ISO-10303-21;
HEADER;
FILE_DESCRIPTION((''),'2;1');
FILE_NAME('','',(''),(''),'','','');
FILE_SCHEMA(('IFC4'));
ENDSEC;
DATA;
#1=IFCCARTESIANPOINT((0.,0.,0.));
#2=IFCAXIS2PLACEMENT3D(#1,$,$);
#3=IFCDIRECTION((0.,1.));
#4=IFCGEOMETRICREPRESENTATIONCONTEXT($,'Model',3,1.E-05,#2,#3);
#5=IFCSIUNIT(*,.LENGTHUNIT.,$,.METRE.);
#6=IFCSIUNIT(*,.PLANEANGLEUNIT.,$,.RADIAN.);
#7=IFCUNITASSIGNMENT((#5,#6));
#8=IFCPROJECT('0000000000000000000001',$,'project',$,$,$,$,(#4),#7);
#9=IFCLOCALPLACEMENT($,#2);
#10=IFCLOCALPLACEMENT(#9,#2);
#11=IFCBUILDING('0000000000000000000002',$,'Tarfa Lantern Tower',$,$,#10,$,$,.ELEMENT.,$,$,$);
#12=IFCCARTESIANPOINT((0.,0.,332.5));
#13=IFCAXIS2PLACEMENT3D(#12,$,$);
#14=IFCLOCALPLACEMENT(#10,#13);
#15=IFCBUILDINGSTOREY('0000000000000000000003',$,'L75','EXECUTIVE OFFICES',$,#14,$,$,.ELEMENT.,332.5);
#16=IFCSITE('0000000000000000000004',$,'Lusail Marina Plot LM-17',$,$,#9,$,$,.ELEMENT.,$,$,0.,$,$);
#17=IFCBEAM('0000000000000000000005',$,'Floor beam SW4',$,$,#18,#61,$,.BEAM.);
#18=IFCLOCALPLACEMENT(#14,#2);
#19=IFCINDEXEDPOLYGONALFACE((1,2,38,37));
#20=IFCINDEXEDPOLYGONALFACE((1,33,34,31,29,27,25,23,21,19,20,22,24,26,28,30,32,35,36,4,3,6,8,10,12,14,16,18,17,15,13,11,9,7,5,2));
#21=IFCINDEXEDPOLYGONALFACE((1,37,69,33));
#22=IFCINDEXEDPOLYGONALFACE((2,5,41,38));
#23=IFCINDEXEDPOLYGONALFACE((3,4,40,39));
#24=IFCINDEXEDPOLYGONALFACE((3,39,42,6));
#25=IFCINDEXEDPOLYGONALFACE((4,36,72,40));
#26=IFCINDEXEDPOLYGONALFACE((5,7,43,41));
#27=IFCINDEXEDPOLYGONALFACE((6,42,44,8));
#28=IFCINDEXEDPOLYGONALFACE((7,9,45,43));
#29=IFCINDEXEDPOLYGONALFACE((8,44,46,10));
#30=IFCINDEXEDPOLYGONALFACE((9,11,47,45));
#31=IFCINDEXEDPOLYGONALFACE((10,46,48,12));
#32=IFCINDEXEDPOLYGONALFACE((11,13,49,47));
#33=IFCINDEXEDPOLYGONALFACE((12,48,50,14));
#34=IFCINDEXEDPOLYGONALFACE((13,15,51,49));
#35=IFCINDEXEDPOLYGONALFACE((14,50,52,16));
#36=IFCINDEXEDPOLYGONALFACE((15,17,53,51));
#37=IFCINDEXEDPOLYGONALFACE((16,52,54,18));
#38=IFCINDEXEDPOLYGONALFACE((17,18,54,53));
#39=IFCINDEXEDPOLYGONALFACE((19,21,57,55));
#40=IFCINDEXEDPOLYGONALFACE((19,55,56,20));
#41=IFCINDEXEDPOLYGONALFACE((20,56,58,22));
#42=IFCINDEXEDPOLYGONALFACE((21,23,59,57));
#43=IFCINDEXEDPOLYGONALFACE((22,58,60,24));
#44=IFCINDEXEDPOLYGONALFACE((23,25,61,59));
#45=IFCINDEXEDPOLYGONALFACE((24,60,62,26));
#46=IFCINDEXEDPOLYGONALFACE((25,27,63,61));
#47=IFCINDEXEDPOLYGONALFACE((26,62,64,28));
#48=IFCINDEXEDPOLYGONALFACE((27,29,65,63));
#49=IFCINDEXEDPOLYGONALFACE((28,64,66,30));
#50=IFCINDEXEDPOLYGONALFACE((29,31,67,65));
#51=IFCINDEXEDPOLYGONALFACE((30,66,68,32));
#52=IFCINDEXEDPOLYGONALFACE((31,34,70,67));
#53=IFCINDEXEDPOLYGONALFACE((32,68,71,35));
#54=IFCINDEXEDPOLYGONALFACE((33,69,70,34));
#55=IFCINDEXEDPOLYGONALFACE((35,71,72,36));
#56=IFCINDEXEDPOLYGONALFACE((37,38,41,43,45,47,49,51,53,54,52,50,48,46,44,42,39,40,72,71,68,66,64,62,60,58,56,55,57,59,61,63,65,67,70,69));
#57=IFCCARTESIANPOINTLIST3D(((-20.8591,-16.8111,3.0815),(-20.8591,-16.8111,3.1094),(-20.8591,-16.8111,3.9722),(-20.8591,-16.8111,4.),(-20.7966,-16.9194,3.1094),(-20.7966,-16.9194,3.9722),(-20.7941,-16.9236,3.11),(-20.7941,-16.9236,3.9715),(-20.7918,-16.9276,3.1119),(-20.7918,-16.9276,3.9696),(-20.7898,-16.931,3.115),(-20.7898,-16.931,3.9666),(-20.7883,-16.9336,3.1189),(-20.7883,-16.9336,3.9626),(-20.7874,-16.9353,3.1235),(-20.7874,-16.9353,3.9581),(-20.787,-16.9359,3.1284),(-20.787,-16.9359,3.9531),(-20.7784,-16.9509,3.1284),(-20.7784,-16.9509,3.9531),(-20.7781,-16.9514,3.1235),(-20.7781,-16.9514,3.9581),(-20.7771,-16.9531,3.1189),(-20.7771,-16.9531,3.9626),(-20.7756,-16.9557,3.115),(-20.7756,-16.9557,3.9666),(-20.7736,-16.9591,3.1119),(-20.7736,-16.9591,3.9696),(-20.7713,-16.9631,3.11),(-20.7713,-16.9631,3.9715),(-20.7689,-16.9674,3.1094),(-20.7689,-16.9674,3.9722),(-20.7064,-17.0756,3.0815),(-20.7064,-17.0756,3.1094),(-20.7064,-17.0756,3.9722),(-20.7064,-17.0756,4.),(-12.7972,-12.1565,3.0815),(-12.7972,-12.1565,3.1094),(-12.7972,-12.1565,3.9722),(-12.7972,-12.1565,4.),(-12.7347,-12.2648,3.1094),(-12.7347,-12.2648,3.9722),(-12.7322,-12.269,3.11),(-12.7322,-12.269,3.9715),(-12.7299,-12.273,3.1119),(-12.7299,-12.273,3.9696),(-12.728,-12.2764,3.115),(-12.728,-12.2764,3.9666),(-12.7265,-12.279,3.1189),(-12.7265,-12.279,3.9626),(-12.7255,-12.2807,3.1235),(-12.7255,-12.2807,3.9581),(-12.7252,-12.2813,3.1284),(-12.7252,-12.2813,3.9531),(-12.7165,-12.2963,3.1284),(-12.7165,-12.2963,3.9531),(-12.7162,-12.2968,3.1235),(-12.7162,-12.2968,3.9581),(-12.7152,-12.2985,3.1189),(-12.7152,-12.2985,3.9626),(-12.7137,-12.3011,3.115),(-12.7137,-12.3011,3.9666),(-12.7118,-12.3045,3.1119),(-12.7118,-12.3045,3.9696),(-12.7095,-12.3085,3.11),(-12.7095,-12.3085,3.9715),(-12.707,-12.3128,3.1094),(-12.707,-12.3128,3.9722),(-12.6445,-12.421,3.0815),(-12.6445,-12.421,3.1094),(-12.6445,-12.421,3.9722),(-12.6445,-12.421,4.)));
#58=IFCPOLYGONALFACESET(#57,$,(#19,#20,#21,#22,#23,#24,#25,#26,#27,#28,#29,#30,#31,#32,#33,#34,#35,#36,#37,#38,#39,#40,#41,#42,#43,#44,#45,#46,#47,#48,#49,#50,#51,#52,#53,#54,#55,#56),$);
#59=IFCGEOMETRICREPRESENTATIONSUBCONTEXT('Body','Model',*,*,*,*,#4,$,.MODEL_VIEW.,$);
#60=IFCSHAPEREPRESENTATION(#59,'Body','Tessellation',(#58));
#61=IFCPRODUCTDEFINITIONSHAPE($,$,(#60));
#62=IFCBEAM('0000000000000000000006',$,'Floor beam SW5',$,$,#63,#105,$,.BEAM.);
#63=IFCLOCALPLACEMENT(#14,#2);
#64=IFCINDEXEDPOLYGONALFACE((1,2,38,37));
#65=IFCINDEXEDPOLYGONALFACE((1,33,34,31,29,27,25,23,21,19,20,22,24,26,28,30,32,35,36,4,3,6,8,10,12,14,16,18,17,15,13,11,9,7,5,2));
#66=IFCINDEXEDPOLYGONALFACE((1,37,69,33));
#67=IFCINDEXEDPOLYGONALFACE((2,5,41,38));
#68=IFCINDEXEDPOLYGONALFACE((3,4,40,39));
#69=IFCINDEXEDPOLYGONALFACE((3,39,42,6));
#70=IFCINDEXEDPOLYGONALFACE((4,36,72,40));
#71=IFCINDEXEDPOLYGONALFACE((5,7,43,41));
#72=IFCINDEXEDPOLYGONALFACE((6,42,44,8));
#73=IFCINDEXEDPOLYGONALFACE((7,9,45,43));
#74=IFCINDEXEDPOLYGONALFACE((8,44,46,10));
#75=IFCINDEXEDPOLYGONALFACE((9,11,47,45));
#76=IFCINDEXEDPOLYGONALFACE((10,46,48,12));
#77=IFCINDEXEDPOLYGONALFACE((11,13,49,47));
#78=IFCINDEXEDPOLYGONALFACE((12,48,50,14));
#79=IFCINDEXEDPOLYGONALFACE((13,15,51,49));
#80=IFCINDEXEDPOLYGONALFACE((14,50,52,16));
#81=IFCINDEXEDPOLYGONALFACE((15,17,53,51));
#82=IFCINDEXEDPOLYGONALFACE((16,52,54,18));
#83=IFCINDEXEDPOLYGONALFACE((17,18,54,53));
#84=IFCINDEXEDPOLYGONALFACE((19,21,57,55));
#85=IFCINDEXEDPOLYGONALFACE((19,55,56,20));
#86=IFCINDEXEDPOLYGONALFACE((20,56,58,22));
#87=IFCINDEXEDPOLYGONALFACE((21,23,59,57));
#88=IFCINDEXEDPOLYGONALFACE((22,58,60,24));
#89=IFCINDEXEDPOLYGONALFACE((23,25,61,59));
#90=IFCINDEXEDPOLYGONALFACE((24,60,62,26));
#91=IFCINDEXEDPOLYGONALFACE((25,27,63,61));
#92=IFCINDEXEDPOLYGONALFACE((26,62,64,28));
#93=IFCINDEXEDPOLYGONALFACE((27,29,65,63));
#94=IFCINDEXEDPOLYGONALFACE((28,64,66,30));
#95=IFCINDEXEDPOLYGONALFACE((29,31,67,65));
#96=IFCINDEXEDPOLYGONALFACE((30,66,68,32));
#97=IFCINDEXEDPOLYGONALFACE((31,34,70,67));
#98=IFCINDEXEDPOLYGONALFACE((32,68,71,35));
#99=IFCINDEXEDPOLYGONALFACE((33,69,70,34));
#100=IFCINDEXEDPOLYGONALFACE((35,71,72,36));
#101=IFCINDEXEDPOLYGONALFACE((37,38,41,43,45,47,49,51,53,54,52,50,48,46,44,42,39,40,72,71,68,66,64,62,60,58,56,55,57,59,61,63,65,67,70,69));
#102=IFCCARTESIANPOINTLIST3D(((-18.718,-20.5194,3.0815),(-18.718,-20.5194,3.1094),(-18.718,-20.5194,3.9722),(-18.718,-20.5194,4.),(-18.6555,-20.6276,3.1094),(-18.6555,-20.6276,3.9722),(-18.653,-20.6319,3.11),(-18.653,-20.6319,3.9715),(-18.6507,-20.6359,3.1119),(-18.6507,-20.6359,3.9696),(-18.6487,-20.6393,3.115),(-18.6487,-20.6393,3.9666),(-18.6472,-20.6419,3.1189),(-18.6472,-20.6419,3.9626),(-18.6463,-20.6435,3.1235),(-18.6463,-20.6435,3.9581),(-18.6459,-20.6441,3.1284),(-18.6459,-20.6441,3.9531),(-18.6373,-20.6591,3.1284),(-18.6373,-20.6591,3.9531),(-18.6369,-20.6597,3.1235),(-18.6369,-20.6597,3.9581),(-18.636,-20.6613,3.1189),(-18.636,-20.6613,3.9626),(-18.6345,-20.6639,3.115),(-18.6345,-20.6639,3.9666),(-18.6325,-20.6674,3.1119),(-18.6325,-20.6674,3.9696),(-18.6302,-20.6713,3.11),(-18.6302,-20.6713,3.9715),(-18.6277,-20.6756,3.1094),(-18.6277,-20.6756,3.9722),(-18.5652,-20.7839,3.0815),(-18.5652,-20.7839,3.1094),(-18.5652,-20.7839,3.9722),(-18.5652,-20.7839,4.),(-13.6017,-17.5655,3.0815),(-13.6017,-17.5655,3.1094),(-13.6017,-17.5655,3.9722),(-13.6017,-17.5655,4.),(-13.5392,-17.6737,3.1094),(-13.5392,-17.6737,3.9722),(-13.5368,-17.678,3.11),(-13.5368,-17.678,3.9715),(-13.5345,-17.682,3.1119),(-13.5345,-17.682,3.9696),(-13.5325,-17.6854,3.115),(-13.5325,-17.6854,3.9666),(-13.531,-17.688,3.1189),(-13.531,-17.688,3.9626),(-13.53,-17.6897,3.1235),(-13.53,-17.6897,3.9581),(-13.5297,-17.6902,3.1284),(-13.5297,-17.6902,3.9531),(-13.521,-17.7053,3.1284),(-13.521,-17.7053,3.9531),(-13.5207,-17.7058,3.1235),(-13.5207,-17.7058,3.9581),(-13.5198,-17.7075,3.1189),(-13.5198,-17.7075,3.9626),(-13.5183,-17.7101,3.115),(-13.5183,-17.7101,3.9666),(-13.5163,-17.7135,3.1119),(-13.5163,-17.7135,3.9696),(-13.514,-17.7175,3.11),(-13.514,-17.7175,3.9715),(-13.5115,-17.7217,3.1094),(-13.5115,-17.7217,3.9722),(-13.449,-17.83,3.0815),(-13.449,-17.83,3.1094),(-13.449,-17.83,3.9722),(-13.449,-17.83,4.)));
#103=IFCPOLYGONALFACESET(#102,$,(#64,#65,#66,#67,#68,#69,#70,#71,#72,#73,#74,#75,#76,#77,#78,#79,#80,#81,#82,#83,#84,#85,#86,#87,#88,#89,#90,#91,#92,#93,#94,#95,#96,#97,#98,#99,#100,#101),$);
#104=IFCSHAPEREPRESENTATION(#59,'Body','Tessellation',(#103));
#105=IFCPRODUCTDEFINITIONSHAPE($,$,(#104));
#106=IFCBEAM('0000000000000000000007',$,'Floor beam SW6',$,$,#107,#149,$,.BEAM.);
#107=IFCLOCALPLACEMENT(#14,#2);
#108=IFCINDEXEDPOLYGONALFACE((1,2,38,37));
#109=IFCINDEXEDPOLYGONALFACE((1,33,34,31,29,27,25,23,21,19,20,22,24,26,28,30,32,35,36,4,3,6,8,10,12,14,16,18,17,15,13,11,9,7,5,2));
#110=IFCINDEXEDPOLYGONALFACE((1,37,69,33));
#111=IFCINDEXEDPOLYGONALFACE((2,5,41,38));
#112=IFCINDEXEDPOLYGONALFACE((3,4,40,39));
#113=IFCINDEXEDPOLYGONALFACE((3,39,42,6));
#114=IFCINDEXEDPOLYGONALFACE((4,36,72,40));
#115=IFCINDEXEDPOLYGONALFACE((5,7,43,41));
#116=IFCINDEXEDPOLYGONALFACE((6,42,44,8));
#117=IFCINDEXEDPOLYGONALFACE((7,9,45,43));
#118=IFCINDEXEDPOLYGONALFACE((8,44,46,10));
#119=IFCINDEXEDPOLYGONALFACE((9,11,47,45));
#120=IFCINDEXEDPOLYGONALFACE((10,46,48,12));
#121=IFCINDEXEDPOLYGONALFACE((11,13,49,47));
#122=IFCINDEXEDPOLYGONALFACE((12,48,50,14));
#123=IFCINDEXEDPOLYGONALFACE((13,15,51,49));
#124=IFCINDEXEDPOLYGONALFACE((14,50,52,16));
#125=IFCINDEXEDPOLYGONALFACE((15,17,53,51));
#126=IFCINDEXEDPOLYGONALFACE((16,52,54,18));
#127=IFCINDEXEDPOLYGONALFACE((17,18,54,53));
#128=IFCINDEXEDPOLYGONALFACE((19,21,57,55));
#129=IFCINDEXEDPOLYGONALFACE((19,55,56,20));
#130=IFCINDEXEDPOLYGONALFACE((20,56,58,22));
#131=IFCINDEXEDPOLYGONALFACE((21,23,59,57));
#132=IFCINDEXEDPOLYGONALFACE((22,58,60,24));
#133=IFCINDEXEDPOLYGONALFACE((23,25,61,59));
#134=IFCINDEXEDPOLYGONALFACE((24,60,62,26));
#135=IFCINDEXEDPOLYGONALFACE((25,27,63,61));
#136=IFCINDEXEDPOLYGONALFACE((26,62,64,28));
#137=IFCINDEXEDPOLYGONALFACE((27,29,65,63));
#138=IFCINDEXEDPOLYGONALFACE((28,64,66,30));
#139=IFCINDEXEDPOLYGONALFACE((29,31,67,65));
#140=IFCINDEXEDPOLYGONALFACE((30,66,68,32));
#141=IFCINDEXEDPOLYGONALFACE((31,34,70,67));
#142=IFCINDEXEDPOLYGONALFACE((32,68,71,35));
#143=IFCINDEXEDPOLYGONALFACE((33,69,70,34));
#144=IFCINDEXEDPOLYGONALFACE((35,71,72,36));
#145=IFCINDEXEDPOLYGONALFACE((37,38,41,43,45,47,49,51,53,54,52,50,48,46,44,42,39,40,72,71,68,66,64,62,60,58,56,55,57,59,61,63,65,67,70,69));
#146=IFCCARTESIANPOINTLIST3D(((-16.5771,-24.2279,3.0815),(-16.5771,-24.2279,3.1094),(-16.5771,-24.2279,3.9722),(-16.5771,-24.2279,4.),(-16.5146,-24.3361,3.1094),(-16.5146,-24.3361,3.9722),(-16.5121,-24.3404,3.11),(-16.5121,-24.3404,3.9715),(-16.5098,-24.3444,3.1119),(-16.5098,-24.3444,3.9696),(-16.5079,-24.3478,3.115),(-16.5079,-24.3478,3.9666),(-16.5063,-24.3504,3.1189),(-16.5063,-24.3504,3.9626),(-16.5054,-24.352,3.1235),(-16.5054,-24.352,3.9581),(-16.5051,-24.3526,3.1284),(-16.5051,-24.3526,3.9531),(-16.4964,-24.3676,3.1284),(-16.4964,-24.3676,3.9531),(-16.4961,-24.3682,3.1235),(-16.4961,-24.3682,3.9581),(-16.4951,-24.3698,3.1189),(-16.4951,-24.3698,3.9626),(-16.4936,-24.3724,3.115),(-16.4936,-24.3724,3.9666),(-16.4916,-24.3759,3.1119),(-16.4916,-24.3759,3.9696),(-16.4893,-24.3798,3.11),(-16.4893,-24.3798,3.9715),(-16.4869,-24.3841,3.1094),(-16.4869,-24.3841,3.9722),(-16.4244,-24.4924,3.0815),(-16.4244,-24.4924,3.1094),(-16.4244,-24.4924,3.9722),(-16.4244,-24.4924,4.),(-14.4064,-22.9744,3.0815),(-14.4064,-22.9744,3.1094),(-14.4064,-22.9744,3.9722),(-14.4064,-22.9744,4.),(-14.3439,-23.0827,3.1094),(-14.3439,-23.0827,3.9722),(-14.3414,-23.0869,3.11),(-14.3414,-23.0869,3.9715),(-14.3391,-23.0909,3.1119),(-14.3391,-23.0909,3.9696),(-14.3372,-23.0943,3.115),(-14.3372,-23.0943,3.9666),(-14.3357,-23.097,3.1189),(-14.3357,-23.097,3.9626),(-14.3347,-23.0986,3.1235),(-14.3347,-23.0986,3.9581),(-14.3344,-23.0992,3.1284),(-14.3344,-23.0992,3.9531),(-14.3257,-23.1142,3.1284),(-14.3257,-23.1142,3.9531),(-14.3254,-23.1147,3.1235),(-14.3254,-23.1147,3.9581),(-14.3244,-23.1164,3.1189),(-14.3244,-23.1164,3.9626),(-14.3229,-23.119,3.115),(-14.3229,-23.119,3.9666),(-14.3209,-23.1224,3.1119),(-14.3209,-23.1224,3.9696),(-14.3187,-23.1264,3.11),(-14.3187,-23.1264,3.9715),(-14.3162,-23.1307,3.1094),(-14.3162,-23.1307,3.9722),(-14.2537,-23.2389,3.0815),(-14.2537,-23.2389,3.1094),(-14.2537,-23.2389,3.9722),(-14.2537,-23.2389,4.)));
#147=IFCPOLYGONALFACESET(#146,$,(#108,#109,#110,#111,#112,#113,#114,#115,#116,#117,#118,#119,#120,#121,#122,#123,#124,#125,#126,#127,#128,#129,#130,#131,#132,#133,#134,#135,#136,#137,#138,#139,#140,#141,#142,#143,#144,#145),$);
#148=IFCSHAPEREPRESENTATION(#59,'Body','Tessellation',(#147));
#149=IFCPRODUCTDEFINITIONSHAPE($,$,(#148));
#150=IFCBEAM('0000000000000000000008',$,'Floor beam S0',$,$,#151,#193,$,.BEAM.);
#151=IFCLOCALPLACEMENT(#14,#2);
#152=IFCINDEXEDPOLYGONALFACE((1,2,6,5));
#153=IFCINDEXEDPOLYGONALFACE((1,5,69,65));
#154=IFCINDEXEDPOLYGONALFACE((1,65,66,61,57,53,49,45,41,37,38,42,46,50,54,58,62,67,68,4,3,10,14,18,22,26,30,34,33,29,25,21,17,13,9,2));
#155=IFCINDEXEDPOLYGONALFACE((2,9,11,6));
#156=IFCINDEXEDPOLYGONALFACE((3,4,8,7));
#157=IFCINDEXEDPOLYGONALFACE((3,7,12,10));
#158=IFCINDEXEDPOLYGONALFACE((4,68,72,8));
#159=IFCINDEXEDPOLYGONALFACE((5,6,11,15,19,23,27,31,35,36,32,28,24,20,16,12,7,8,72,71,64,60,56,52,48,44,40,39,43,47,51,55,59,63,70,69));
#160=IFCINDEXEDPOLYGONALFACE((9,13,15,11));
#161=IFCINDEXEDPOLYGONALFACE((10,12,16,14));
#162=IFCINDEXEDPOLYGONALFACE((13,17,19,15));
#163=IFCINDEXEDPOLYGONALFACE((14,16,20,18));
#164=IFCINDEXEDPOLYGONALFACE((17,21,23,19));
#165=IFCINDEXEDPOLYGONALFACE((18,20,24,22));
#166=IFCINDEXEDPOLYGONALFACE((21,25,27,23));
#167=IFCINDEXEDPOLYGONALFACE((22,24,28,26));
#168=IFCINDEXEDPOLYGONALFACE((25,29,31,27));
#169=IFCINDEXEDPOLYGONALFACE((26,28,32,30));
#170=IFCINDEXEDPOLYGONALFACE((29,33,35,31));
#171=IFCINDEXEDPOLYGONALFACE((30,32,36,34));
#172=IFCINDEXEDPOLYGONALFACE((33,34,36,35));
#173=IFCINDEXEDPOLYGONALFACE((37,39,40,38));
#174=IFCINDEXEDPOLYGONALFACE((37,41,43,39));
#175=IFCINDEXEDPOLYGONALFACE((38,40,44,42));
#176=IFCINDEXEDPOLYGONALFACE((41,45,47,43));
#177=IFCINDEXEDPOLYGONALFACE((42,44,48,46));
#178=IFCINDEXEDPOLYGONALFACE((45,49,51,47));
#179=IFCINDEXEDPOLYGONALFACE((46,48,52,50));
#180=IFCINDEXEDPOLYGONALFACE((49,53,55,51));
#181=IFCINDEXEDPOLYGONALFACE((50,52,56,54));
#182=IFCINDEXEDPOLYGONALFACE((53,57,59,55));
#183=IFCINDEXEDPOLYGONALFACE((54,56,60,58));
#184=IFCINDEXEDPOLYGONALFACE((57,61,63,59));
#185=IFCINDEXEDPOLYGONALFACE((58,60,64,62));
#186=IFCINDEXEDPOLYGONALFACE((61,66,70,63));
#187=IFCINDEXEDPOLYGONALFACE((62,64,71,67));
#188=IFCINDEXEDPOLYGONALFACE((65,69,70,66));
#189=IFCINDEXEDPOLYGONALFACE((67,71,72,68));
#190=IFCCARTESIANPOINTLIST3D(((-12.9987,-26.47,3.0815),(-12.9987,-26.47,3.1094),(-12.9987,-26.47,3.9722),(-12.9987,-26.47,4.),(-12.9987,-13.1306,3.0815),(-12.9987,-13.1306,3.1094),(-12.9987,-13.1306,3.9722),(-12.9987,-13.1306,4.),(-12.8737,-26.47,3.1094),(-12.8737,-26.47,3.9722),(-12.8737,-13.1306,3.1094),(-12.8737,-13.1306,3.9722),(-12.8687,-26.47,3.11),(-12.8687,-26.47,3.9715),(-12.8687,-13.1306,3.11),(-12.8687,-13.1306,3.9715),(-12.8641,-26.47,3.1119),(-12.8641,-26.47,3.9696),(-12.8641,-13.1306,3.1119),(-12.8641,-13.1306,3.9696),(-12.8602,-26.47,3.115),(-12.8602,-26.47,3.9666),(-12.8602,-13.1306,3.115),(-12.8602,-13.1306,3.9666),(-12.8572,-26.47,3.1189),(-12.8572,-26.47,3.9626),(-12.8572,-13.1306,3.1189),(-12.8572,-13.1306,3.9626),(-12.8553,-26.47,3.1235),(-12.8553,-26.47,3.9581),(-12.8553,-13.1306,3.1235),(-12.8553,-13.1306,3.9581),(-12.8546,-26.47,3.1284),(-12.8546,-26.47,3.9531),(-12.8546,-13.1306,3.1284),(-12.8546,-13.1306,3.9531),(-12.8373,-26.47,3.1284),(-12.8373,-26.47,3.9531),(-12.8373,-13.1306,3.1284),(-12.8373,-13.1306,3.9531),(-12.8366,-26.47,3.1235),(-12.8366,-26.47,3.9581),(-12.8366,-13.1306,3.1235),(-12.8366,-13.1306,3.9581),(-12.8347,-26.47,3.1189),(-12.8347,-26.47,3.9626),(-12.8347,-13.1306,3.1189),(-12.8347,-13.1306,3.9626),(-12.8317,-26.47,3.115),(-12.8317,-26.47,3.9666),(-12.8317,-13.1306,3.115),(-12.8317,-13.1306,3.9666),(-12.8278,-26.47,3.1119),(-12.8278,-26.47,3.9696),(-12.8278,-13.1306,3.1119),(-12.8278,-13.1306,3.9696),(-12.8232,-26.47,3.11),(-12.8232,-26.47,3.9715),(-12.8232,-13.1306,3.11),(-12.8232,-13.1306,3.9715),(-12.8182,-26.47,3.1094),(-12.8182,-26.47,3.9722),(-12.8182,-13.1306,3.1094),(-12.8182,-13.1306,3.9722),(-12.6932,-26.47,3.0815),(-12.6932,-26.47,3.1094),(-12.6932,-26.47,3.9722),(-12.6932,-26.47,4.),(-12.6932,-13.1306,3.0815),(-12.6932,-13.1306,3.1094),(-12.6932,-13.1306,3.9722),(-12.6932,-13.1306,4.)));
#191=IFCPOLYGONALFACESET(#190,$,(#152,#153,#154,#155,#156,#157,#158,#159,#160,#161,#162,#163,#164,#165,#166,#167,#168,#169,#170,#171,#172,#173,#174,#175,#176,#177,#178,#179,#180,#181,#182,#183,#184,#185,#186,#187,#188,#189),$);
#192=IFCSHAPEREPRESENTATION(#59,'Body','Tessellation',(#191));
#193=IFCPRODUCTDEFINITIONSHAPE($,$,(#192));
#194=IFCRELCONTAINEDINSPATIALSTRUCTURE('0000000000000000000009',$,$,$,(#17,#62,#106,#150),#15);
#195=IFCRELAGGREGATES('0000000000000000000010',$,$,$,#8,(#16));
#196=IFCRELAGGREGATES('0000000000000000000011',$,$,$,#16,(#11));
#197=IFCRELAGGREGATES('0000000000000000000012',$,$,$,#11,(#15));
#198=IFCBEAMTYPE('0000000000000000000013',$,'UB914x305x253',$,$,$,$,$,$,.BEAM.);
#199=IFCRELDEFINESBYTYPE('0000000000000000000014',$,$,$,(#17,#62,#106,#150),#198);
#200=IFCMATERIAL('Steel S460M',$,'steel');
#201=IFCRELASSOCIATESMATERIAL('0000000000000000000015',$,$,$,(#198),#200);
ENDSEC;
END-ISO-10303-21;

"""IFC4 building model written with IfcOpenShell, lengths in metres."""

from ifc_helpers import new_model, si_unit, direction, frame, origin, origin_2d, place, context, subcontext, project, spatial, i_section, extrude, material, material_profile, profile_set, type_object, element, save


model = new_model("IFC4")

# Units and contexts
model_context = context("Model", 3, precision=1e-05, world=origin(), true_north=direction((0.0, 1.0)))
body_context = subcontext(model_context, "Body", "Model", "MODEL_VIEW")
ifc_project = project(units=[si_unit("LENGTHUNIT", "METRE"), si_unit("PLANEANGLEUNIT", "RADIAN")], contexts=[model_context])

# Site, building, storey
site_placement = place(None, origin())
site = spatial("IfcSite", under=ifc_project, at=site_placement, Name="Lusail Marina Plot LM-17", CompositionType="ELEMENT", RefElevation=0.0)
building_placement = place(site_placement, origin())
building = spatial("IfcBuilding", under=site, at=building_placement, Name="Tarfa Lantern Tower", CompositionType="ELEMENT")
storey_placement = place(building_placement, frame((0.0, 0.0, 332.5)))
storey = spatial("IfcBuildingStorey", under=building, at=storey_placement, Name="L75", Description="EXECUTIVE OFFICES", CompositionType="ELEMENT", Elevation=332.5)

# Beams
ifc_material_1 = material(Name="Steel S460M", Category="steel")
ifc_material_profile_1 = material_profile(ifc_material_1, i_section(OverallWidth=0.3054, OverallDepth=0.9185, WebThickness=0.0173, FlangeThickness=0.0278, FilletRadius=0.019, at=origin_2d()), Name="UB914x305x253")
ifc_profile_set_1 = profile_set([ifc_material_profile_1], Name="Steel S460M")
beam_type_1 = type_object("IfcBeamType", Name="UB914x305x253", PredefinedType="BEAM", material=ifc_profile_set_1)
beam_1_placement = place(storey_placement, frame((-20.7827, -16.9434, 3.5408), z_axis=(0.866022, 0.500006, 0.0), x_axis=(-0.500006, 0.866022, 0.0)))
element("IfcBeam", 1, at=beam_1_placement, inside=storey, type_object=beam_type_1, Name="Floor beam SW4", PredefinedType="BEAM", context=body_context, shape_type="SweptSolid", body=[
    extrude(i_section(OverallWidth=0.3054, OverallDepth=0.9185, WebThickness=0.0173, FlangeThickness=0.0278, FilletRadius=0.019, at=origin_2d()), origin(), (0.0, 0.0, 1.0), 9.3091),
])
beam_2_placement = place(storey_placement, frame((-18.6416, -20.6516, 3.5408), z_axis=(0.866025, 0.500001, 0.0), x_axis=(-0.500001, 0.866025, 0.0)))
element("IfcBeam", 2, at=beam_2_placement, inside=storey, type_object=beam_type_1, Name="Floor beam SW5", PredefinedType="BEAM", context=body_context, shape_type="SweptSolid", body=[
    extrude(i_section(OverallWidth=0.3054, OverallDepth=0.9185, WebThickness=0.0173, FlangeThickness=0.0278, FilletRadius=0.019, at=origin_2d()), origin(), (0.0, 0.0, 1.0), 5.9077),
])
beam_3_placement = place(storey_placement, frame((-16.5007, -24.3601, 3.5408), z_axis=(0.865993, 0.500057, 0.0), x_axis=(-0.500057, 0.865993, 0.0)))
element("IfcBeam", 3, at=beam_3_placement, inside=storey, type_object=beam_type_1, Name="Floor beam SW6", PredefinedType="BEAM", context=body_context, shape_type="SweptSolid", body=[
    extrude(i_section(OverallWidth=0.3054, OverallDepth=0.9185, WebThickness=0.0173, FlangeThickness=0.0278, FilletRadius=0.019, at=origin_2d()), origin(), (0.0, 0.0, 1.0), 2.5066),
])
beam_4_placement = place(storey_placement, frame((-12.8459, -26.47, 3.5408), z_axis=(0.0, 1.0, 0.0), x_axis=(-1.0, 0.0, 0.0)))
element("IfcBeam", 4, at=beam_4_placement, inside=storey, type_object=beam_type_1, Name="Floor beam S0", PredefinedType="BEAM", context=body_context, shape_type="SweptSolid", body=[
    extrude(i_section(OverallWidth=0.3054, OverallDepth=0.9185, WebThickness=0.0173, FlangeThickness=0.0278, FilletRadius=0.019, at=origin_2d()), origin(), (0.0, 0.0, 1.0), 13.3394),
])

save(model, "model.ifc")
